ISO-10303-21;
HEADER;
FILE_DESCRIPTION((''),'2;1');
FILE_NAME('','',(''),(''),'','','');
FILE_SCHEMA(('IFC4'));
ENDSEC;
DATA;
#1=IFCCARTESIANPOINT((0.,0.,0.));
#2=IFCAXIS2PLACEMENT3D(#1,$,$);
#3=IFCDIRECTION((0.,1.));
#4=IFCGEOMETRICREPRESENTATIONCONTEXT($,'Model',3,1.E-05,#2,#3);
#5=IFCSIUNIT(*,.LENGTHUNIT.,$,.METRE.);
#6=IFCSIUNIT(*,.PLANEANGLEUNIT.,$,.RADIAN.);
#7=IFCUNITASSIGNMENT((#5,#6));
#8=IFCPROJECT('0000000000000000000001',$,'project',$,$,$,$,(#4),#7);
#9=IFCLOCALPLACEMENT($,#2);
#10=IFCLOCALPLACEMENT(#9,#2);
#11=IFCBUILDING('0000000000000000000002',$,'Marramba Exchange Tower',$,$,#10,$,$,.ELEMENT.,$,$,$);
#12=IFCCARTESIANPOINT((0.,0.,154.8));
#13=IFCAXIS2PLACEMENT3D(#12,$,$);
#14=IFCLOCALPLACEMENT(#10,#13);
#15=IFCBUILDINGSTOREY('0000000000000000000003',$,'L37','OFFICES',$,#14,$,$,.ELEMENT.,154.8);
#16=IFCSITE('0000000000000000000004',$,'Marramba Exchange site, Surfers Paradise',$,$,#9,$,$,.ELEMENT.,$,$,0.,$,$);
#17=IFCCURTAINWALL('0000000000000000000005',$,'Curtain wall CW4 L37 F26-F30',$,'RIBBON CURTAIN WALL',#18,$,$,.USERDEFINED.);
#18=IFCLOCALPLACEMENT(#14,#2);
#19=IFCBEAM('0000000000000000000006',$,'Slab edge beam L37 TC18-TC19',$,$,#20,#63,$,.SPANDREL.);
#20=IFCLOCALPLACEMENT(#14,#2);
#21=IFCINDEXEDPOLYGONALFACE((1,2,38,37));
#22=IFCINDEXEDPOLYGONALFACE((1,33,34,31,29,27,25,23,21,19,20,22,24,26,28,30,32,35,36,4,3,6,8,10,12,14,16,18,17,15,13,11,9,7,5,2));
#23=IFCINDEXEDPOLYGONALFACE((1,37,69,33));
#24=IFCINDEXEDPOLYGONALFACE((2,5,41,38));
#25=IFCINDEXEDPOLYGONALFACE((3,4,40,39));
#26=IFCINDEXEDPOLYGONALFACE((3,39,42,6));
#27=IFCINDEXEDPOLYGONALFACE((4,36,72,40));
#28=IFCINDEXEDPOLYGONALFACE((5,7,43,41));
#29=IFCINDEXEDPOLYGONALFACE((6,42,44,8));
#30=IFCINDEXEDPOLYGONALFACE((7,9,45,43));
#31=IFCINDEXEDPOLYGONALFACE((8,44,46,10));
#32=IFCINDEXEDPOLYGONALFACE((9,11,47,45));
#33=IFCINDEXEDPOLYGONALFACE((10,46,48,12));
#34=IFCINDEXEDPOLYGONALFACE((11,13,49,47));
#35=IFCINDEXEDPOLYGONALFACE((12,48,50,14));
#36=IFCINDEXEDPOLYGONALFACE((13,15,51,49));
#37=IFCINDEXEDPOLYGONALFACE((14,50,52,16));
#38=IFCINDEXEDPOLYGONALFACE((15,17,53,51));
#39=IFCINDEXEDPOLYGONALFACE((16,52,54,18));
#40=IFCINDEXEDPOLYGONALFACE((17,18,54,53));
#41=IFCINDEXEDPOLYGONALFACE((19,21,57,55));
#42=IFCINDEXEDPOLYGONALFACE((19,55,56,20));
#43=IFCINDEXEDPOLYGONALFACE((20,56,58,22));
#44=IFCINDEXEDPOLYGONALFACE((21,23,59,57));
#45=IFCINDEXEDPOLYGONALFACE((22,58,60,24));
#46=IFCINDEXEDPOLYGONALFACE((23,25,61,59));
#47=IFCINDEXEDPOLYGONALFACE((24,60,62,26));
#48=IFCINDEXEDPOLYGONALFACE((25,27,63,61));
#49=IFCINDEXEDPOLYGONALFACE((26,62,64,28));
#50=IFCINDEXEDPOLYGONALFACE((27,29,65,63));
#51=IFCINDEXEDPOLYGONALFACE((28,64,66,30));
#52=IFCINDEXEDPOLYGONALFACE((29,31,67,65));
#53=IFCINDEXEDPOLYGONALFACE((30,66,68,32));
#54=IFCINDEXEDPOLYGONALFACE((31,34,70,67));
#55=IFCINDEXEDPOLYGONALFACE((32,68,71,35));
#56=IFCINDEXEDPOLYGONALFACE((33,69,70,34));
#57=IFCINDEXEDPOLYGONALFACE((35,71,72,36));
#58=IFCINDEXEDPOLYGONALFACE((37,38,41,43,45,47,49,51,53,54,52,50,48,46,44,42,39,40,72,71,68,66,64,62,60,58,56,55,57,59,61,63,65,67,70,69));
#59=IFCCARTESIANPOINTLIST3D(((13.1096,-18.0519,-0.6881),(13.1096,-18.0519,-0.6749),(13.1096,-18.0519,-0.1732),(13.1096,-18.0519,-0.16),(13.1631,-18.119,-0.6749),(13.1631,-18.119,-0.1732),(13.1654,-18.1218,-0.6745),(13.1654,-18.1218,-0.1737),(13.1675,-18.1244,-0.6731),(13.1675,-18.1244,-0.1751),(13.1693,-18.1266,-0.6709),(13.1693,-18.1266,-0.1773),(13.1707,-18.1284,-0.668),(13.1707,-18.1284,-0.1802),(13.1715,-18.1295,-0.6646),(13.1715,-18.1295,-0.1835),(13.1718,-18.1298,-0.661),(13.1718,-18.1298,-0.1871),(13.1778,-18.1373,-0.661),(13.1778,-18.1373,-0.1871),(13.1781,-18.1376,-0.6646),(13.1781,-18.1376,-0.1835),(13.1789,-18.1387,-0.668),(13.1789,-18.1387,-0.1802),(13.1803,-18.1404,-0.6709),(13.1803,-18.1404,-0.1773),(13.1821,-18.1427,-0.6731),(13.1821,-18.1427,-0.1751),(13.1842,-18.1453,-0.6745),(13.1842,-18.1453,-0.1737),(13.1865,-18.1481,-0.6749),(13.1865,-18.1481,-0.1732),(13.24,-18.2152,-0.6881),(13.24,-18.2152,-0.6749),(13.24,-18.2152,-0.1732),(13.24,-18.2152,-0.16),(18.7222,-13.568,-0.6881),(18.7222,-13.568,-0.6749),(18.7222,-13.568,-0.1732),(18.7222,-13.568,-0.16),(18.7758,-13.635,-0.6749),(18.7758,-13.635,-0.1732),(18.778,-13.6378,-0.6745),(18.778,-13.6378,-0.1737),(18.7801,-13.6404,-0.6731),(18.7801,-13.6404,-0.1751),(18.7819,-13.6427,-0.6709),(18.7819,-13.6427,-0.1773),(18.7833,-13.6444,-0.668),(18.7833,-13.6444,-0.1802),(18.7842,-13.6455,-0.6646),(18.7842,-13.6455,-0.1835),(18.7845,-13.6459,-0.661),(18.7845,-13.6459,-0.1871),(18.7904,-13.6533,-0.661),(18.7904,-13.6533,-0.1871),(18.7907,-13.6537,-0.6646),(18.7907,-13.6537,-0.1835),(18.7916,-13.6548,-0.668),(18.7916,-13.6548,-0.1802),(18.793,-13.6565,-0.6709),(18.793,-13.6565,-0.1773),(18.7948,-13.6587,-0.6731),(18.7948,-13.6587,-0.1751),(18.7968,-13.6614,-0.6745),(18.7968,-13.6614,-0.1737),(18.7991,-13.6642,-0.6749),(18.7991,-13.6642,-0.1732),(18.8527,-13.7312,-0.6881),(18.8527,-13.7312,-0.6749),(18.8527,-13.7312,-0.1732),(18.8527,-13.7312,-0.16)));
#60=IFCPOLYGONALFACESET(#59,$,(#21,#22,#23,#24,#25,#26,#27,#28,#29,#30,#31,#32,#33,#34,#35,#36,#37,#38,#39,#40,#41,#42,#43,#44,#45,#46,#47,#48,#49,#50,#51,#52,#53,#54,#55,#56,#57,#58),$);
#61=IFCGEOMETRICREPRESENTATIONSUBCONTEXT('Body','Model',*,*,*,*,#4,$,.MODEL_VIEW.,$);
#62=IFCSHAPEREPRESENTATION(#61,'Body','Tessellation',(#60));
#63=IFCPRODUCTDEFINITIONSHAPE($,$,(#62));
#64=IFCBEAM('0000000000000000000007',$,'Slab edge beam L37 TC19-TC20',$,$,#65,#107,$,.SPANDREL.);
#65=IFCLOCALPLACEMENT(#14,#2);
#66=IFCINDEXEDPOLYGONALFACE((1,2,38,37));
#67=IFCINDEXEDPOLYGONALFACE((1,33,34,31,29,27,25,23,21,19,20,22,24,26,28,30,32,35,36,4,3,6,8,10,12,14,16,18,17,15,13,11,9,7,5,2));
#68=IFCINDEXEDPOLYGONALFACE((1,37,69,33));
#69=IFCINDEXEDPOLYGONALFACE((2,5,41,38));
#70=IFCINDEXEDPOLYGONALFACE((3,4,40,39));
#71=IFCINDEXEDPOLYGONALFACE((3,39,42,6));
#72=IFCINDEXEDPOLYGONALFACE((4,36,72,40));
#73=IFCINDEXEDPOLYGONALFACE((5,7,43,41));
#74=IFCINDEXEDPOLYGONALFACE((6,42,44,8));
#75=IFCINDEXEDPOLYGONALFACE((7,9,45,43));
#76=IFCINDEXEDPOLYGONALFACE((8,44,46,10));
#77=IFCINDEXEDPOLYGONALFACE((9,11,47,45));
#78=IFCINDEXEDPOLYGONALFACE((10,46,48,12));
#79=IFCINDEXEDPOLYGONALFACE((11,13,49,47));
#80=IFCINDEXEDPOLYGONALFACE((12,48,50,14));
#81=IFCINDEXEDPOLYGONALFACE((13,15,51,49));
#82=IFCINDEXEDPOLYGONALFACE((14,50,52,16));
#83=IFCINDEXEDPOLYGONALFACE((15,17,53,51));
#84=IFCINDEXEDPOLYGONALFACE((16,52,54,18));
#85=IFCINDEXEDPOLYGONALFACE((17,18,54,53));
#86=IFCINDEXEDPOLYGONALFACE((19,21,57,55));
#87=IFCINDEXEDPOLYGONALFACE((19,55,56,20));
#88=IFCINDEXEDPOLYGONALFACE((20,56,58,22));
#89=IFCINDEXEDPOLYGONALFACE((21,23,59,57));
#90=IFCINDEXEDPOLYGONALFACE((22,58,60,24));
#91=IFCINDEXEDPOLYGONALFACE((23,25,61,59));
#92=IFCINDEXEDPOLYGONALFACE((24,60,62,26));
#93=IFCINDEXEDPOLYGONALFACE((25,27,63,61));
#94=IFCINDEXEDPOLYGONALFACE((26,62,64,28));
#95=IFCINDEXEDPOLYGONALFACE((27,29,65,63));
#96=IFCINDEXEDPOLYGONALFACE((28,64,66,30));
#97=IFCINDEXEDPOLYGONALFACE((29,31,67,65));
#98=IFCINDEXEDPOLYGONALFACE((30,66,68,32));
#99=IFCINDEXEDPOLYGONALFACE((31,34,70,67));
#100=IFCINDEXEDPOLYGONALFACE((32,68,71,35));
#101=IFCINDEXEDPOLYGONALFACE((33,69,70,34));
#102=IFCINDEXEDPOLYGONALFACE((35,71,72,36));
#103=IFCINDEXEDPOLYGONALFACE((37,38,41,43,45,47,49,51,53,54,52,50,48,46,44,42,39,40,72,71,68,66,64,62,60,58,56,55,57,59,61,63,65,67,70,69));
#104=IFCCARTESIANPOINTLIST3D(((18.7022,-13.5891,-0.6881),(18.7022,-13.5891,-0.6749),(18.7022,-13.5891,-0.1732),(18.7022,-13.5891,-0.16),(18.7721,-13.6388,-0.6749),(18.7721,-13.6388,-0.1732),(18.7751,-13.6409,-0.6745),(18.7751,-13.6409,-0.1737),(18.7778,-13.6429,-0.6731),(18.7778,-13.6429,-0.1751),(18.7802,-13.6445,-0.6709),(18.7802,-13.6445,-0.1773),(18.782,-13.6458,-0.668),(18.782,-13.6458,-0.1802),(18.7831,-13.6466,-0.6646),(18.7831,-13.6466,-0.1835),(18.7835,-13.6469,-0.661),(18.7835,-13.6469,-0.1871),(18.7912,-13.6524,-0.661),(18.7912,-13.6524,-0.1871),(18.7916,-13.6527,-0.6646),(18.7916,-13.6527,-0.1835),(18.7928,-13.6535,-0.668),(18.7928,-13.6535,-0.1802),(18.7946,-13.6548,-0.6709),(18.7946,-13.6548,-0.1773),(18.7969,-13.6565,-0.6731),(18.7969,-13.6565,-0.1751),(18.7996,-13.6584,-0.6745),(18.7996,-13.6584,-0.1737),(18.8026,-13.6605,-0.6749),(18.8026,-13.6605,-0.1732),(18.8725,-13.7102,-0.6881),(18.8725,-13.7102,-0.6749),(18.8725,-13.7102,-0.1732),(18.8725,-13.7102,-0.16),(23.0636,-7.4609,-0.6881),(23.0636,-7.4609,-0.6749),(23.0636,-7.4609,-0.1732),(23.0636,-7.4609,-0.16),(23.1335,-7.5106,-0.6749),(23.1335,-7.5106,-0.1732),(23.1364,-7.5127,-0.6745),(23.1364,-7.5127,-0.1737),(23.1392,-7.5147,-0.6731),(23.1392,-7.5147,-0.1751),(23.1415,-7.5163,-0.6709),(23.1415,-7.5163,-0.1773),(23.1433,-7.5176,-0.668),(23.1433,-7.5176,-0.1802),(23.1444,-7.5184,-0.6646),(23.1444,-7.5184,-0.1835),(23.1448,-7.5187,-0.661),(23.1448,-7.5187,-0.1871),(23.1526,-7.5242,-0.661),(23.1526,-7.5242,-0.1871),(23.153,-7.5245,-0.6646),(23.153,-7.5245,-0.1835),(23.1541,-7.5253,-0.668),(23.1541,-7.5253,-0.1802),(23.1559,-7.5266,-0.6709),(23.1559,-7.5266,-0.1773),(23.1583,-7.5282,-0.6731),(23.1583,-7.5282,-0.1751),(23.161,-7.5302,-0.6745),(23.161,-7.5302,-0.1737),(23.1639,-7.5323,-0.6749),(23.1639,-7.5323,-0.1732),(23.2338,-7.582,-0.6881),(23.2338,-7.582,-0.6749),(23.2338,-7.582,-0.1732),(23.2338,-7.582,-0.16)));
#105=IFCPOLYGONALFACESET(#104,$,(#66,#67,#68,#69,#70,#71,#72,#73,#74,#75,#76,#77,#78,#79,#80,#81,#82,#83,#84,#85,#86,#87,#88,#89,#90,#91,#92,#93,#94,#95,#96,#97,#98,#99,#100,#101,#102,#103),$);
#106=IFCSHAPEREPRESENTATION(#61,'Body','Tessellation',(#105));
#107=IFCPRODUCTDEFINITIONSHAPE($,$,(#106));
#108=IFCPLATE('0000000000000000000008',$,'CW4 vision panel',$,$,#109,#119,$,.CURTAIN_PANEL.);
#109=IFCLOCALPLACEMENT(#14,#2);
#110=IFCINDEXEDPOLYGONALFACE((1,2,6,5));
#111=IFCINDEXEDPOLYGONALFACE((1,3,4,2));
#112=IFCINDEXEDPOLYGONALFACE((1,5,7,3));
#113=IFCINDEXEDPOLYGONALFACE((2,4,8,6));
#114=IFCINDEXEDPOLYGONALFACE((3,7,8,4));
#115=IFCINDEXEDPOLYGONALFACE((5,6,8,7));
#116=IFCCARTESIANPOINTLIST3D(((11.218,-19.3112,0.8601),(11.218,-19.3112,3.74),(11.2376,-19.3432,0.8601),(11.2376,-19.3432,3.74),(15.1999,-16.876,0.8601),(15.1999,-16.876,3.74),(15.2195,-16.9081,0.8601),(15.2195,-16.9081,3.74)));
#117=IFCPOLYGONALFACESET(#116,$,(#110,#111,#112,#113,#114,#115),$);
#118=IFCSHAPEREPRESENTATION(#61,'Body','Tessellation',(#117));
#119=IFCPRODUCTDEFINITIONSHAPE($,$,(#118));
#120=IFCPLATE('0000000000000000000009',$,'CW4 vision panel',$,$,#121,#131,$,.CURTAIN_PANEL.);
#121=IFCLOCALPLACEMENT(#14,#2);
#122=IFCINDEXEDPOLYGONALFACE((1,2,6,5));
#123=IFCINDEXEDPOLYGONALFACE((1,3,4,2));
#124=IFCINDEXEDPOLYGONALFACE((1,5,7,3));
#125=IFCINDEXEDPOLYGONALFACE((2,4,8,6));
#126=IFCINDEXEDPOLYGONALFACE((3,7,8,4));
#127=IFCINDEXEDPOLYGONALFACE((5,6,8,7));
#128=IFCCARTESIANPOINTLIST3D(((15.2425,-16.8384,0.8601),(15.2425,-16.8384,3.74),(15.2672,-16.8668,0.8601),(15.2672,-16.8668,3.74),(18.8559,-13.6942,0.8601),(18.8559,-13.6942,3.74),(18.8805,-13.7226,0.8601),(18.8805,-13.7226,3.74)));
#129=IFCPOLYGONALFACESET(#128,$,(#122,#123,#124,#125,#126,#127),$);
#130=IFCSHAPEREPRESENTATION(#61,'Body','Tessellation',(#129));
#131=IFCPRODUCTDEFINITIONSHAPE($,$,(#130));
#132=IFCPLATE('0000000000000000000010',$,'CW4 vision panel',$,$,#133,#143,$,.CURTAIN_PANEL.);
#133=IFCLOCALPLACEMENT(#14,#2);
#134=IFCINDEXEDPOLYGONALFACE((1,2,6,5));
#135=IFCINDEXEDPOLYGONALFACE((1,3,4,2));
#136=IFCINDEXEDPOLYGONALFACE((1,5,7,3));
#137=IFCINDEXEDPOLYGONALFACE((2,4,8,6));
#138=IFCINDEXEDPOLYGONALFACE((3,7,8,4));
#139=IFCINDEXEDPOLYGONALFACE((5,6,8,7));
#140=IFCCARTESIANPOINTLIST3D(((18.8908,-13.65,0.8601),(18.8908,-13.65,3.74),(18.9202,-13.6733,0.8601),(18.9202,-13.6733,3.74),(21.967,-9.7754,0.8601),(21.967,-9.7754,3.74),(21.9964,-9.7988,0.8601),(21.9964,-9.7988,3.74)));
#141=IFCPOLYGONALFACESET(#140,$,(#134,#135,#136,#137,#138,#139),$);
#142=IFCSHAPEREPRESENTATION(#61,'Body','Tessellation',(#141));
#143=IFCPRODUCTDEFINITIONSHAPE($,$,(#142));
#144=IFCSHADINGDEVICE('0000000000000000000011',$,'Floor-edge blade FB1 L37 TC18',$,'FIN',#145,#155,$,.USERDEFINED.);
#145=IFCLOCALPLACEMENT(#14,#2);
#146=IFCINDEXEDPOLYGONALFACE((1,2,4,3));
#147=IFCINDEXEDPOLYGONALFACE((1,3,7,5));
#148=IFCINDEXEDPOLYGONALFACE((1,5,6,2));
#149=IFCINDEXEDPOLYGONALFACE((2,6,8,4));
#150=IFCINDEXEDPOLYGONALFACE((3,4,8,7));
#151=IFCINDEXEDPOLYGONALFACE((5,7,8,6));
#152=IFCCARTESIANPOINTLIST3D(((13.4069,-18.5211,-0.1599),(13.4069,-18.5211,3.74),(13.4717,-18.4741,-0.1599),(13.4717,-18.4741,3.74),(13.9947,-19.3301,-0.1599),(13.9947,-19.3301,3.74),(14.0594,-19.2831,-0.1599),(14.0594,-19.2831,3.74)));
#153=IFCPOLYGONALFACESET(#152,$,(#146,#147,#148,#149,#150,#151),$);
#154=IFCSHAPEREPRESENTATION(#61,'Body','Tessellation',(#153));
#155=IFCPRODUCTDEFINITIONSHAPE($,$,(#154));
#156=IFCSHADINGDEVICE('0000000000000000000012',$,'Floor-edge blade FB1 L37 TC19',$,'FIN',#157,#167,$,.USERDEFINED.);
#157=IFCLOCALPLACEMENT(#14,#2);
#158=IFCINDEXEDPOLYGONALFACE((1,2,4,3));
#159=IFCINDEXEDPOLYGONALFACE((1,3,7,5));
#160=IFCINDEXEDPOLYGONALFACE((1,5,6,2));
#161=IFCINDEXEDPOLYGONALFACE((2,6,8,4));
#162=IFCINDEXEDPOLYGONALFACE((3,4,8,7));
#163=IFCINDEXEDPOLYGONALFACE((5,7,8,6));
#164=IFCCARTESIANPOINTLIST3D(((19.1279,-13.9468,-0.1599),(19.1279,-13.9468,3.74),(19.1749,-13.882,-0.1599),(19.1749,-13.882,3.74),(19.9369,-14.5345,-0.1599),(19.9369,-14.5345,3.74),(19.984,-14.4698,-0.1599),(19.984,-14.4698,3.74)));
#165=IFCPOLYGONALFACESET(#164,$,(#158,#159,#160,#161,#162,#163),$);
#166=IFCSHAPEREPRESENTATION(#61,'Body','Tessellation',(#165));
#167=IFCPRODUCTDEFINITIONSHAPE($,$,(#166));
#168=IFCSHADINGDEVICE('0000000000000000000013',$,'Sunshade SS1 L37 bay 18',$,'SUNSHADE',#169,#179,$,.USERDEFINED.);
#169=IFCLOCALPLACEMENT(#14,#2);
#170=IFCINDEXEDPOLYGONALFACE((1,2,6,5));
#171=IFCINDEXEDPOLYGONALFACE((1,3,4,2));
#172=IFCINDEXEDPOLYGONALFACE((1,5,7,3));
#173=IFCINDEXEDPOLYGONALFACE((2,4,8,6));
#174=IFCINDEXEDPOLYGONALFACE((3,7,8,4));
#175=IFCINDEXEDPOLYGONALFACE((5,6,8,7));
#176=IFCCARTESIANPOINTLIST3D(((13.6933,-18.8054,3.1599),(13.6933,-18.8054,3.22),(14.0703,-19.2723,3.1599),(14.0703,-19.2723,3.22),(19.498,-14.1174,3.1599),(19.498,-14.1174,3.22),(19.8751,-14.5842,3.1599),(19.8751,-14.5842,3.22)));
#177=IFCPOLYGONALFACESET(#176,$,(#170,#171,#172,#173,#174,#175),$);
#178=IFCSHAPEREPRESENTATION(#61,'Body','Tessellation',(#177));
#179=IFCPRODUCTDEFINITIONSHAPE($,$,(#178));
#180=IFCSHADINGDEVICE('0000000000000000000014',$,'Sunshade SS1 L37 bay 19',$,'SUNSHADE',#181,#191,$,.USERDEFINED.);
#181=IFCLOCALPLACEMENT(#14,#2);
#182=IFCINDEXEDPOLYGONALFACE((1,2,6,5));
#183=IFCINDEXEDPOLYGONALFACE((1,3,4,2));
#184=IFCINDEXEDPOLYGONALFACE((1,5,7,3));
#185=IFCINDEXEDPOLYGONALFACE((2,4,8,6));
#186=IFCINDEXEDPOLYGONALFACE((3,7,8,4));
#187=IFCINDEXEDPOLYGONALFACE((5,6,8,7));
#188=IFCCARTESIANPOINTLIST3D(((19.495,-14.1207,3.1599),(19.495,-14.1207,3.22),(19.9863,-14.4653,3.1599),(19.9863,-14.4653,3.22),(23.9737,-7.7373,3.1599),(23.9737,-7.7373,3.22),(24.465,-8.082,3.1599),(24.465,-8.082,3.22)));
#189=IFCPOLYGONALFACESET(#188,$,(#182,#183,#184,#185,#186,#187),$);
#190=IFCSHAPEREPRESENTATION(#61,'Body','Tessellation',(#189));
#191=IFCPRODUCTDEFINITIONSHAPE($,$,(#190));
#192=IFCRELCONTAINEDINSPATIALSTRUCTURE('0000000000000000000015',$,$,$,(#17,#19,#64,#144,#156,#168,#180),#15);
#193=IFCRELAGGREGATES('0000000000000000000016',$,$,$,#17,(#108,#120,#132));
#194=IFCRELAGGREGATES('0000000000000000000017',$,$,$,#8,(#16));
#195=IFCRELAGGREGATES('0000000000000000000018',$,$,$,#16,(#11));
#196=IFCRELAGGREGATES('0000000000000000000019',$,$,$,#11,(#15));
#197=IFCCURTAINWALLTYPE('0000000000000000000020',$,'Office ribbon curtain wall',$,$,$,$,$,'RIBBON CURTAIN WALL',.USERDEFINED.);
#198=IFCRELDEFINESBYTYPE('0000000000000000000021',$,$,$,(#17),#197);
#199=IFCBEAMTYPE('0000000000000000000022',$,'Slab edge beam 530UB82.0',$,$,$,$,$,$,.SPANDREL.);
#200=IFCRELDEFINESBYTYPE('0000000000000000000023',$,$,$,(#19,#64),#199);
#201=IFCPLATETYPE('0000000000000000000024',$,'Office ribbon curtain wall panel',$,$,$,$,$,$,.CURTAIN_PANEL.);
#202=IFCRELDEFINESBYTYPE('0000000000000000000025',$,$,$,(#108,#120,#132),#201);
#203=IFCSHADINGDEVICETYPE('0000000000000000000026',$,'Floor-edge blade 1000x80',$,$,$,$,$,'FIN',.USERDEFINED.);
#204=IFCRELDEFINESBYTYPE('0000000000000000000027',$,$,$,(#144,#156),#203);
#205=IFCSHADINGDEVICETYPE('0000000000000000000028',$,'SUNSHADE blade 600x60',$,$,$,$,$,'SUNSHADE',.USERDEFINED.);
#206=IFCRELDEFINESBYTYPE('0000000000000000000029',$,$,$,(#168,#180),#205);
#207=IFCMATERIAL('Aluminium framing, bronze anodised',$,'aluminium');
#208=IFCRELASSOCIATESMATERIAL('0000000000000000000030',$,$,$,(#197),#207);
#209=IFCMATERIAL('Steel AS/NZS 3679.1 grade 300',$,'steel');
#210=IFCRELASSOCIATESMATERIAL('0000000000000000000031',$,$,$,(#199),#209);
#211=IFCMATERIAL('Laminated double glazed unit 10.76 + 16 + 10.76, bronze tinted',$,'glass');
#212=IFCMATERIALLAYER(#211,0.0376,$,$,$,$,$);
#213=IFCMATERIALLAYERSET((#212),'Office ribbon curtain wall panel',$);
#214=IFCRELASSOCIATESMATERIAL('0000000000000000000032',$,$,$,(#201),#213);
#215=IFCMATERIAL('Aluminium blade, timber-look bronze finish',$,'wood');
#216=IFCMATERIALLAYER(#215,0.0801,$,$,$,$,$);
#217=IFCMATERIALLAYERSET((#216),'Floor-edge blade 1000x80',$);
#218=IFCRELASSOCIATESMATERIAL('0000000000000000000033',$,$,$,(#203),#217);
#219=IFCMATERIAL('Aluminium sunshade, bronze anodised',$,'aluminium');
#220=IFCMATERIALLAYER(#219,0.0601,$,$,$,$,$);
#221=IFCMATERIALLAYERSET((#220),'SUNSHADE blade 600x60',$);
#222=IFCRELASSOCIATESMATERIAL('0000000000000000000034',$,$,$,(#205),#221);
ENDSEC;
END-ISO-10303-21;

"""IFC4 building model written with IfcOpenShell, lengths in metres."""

from ifc_helpers import new_model, si_unit, direction, frame, origin, origin_2d, place, context, subcontext, project, spatial, rectangle, i_section, extrude, material, layer, layer_set, material_profile, profile_set, type_object, element, aggregate, save


model = new_model("IFC4")

# Units and contexts
model_context = context("Model", 3, precision=1e-05, world=origin(), true_north=direction((0.0, 1.0)))
body_context = subcontext(model_context, "Body", "Model", "MODEL_VIEW")
ifc_project = project(units=[si_unit("LENGTHUNIT", "METRE"), si_unit("PLANEANGLEUNIT", "RADIAN")], contexts=[model_context])

# Site, building, storey
site_placement = place(None, origin())
site = spatial("IfcSite", under=ifc_project, at=site_placement, Name="Marramba Exchange site, Surfers Paradise", CompositionType="ELEMENT", RefElevation=0.0)
building_placement = place(site_placement, origin())
building = spatial("IfcBuilding", under=site, at=building_placement, Name="Marramba Exchange Tower", CompositionType="ELEMENT")
storey_placement = place(building_placement, frame((0.0, 0.0, 154.8)))
storey = spatial("IfcBuildingStorey", under=building, at=storey_placement, Name="L37", Description="OFFICES", CompositionType="ELEMENT", Elevation=154.8)

# Curtain wall
ifc_material_1 = material(Name="Aluminium framing, bronze anodised", Category="aluminium")
curtain_wall_type = type_object("IfcCurtainWallType", Name="Office ribbon curtain wall", ElementType="RIBBON CURTAIN WALL", PredefinedType="USERDEFINED", material=ifc_material_1)
curtain_wall_placement = place(storey_placement, origin())
curtain_wall = element("IfcCurtainWall", 1, at=curtain_wall_placement, inside=storey, type_object=curtain_wall_type, Name="Curtain wall CW4 L37 F26-F30", ObjectType="RIBBON CURTAIN WALL", PredefinedType="USERDEFINED")

# Beams
ifc_material_2 = material(Name="Steel AS/NZS 3679.1 grade 300", Category="steel")
ifc_material_profile_1 = material_profile(ifc_material_2, i_section(OverallWidth=0.209, OverallDepth=0.5281, WebThickness=0.0095, FlangeThickness=0.0132, FilletRadius=0.0139, at=origin_2d()), Name="530UB82.0")
ifc_profile_set_1 = profile_set([ifc_material_profile_1], Name="Steel AS/NZS 3679.1 grade 300")
beam_type_1 = type_object("IfcBeamType", Name="Slab edge beam 530UB82.0", PredefinedType="SPANDREL", material=ifc_profile_set_1)
beam_1_placement = place(storey_placement, frame((13.1748, -18.1335, -0.4241), z_axis=(0.781286, 0.624173, 0.0), x_axis=(-0.624173, 0.781286, 0.0)))
element("IfcBeam", 2, at=beam_1_placement, inside=storey, type_object=beam_type_1, Name="Slab edge beam L37 TC18-TC19", PredefinedType="SPANDREL", context=body_context, shape_type="SweptSolid", body=[
    extrude(i_section(OverallWidth=0.209, OverallDepth=0.5281, WebThickness=0.0095, FlangeThickness=0.0132, FilletRadius=0.0139, at=origin_2d()), origin(), (0.0, 0.0, 1.0), 7.1838),
])
beam_2_placement = place(storey_placement, frame((18.7874, -13.6497, -0.4241), z_axis=(0.579834, 0.814735, 0.0), x_axis=(-0.814735, 0.579834, 0.0)))
element("IfcBeam", 3, at=beam_2_placement, inside=storey, type_object=beam_type_1, Name="Slab edge beam L37 TC19-TC20", PredefinedType="SPANDREL", context=body_context, shape_type="SweptSolid", body=[
    extrude(i_section(OverallWidth=0.209, OverallDepth=0.5281, WebThickness=0.0095, FlangeThickness=0.0132, FilletRadius=0.0139, at=origin_2d()), origin(), (0.0, 0.0, 1.0), 7.5217),
])

# Plates
ifc_material_3 = material(Name="Laminated double glazed unit 10.76 + 16 + 10.76, bronze tinted", Category="glass")
ifc_layer_1 = layer(ifc_material_3, 0.0376)
ifc_layer_set_1 = layer_set([ifc_layer_1], Name="Office ribbon curtain wall panel")
plate_type = type_object("IfcPlateType", Name="Office ribbon curtain wall panel", PredefinedType="CURTAIN_PANEL", material=ifc_layer_set_1)
plate_1_placement = place(storey_placement, frame((13.2188, -18.1096, 0.8601), z_axis=(0.0, 0.0, 1.0), x_axis=(0.853109, 0.521733, 0.0)))
plate_1 = element("IfcPlate", 4, at=plate_1_placement, type_object=plate_type, Name="CW4 vision panel", PredefinedType="CURTAIN_PANEL", context=body_context, shape_type="SweptSolid", body=[
    extrude(rectangle(XDim=4.6675, YDim=0.0376, at=origin_2d()), origin(), (0.0, 0.0, 1.0), 2.8799),
])
plate_2_placement = place(storey_placement, frame((17.0615, -15.2805, 0.8601), z_axis=(0.0, 0.0, 1.0), x_axis=(0.754386, 0.656432, 0.0)))
plate_2 = element("IfcPlate", 5, at=plate_2_placement, type_object=plate_type, Name="CW4 vision panel", PredefinedType="CURTAIN_PANEL", context=body_context, shape_type="SweptSolid", body=[
    extrude(rectangle(XDim=4.7898, YDim=0.0376, at=origin_2d()), origin(), (0.0, 0.0, 1.0), 2.8799),
])
plate_3_placement = place(storey_placement, frame((20.4436, -11.7244, 0.8601), z_axis=(0.0, 0.0, 1.0), x_axis=(0.621807, 0.78317, 0.0)))
plate_3 = element("IfcPlate", 6, at=plate_3_placement, type_object=plate_type, Name="CW4 vision panel", PredefinedType="CURTAIN_PANEL", context=body_context, shape_type="SweptSolid", body=[
    extrude(rectangle(XDim=4.9473, YDim=0.0376, at=origin_2d()), origin(), (0.0, 0.0, 1.0), 2.8799),
])
aggregate(curtain_wall, [plate_1, plate_2, plate_3])

# Shading devices
ifc_material_4 = material(Name="Aluminium blade, timber-look bronze finish", Category="wood")
ifc_layer_2 = layer(ifc_material_4, 0.0801)
ifc_layer_set_2 = layer_set([ifc_layer_2], Name="Floor-edge blade 1000x80")
shading_device_type_1 = type_object("IfcShadingDeviceType", Name="Floor-edge blade 1000x80", ElementType="FIN", PredefinedType="USERDEFINED", material=ifc_layer_set_2)
for number, where, z_axis, x_axis, name in (
    (7, (13.7332, -18.9021, -0.1599), (0.0, 0.0, 1.0), (0.587785, -0.809017, 0.0), "Floor-edge blade FB1 L37 TC18"),
    (8, (19.5559, -14.2083, -0.1599), (0.0, 0.0, 1.0), (0.809017, -0.587785, 0.0), "Floor-edge blade FB1 L37 TC19"),
):
    element("IfcShadingDevice", number, at=place(storey_placement, frame(where, z_axis=z_axis, x_axis=x_axis)), inside=storey, type_object=shading_device_type_1, Name=name, ObjectType="FIN", PredefinedType="USERDEFINED", context=body_context, shape_type="SweptSolid", body=[
        extrude(rectangle(XDim=1.0, YDim=0.0801, at=origin_2d()), origin(), (0.0, 0.0, 1.0), 3.8999),
    ])
ifc_material_5 = material(Name="Aluminium sunshade, bronze anodised", Category="aluminium")
ifc_layer_3 = layer(ifc_material_5, 0.0601)
ifc_layer_set_3 = layer_set([ifc_layer_3], Name="SUNSHADE blade 600x60")
shading_device_type_2 = type_object("IfcShadingDeviceType", Name="SUNSHADE blade 600x60", ElementType="SUNSHADE", PredefinedType="USERDEFINED", material=ifc_layer_set_3)
shading_device_1_placement = place(storey_placement, frame((16.7842, -16.6948, 3.1599), z_axis=(0.0, 0.0, 1.0), x_axis=(0.777962, 0.628311, 0.0)))
element("IfcShadingDevice", 9, at=shading_device_1_placement, inside=storey, type_object=shading_device_type_2, Name="Sunshade SS1 L37 bay 18", ObjectType="SUNSHADE", PredefinedType="USERDEFINED", context=body_context, shape_type="SweptSolid", body=[
    extrude(rectangle(XDim=7.4614, YDim=0.6001, at=origin_2d()), origin(), (0.0, 0.0, 1.0), 0.0601),
])
shading_device_2_placement = place(storey_placement, frame((21.98, -11.1013, 3.1599), z_axis=(0.0, 0.0, 1.0), x_axis=(0.574351, 0.818609, 0.0)))
element("IfcShadingDevice", 10, at=shading_device_2_placement, inside=storey, type_object=shading_device_type_2, Name="Sunshade SS1 L37 bay 19", ObjectType="SUNSHADE", PredefinedType="USERDEFINED", context=body_context, shape_type="SweptSolid", body=[
    extrude(rectangle(XDim=7.7979, YDim=0.6001, at=origin_2d()), origin(), (0.0, 0.0, 1.0), 0.0601),
])

save(model, "model.ifc")
